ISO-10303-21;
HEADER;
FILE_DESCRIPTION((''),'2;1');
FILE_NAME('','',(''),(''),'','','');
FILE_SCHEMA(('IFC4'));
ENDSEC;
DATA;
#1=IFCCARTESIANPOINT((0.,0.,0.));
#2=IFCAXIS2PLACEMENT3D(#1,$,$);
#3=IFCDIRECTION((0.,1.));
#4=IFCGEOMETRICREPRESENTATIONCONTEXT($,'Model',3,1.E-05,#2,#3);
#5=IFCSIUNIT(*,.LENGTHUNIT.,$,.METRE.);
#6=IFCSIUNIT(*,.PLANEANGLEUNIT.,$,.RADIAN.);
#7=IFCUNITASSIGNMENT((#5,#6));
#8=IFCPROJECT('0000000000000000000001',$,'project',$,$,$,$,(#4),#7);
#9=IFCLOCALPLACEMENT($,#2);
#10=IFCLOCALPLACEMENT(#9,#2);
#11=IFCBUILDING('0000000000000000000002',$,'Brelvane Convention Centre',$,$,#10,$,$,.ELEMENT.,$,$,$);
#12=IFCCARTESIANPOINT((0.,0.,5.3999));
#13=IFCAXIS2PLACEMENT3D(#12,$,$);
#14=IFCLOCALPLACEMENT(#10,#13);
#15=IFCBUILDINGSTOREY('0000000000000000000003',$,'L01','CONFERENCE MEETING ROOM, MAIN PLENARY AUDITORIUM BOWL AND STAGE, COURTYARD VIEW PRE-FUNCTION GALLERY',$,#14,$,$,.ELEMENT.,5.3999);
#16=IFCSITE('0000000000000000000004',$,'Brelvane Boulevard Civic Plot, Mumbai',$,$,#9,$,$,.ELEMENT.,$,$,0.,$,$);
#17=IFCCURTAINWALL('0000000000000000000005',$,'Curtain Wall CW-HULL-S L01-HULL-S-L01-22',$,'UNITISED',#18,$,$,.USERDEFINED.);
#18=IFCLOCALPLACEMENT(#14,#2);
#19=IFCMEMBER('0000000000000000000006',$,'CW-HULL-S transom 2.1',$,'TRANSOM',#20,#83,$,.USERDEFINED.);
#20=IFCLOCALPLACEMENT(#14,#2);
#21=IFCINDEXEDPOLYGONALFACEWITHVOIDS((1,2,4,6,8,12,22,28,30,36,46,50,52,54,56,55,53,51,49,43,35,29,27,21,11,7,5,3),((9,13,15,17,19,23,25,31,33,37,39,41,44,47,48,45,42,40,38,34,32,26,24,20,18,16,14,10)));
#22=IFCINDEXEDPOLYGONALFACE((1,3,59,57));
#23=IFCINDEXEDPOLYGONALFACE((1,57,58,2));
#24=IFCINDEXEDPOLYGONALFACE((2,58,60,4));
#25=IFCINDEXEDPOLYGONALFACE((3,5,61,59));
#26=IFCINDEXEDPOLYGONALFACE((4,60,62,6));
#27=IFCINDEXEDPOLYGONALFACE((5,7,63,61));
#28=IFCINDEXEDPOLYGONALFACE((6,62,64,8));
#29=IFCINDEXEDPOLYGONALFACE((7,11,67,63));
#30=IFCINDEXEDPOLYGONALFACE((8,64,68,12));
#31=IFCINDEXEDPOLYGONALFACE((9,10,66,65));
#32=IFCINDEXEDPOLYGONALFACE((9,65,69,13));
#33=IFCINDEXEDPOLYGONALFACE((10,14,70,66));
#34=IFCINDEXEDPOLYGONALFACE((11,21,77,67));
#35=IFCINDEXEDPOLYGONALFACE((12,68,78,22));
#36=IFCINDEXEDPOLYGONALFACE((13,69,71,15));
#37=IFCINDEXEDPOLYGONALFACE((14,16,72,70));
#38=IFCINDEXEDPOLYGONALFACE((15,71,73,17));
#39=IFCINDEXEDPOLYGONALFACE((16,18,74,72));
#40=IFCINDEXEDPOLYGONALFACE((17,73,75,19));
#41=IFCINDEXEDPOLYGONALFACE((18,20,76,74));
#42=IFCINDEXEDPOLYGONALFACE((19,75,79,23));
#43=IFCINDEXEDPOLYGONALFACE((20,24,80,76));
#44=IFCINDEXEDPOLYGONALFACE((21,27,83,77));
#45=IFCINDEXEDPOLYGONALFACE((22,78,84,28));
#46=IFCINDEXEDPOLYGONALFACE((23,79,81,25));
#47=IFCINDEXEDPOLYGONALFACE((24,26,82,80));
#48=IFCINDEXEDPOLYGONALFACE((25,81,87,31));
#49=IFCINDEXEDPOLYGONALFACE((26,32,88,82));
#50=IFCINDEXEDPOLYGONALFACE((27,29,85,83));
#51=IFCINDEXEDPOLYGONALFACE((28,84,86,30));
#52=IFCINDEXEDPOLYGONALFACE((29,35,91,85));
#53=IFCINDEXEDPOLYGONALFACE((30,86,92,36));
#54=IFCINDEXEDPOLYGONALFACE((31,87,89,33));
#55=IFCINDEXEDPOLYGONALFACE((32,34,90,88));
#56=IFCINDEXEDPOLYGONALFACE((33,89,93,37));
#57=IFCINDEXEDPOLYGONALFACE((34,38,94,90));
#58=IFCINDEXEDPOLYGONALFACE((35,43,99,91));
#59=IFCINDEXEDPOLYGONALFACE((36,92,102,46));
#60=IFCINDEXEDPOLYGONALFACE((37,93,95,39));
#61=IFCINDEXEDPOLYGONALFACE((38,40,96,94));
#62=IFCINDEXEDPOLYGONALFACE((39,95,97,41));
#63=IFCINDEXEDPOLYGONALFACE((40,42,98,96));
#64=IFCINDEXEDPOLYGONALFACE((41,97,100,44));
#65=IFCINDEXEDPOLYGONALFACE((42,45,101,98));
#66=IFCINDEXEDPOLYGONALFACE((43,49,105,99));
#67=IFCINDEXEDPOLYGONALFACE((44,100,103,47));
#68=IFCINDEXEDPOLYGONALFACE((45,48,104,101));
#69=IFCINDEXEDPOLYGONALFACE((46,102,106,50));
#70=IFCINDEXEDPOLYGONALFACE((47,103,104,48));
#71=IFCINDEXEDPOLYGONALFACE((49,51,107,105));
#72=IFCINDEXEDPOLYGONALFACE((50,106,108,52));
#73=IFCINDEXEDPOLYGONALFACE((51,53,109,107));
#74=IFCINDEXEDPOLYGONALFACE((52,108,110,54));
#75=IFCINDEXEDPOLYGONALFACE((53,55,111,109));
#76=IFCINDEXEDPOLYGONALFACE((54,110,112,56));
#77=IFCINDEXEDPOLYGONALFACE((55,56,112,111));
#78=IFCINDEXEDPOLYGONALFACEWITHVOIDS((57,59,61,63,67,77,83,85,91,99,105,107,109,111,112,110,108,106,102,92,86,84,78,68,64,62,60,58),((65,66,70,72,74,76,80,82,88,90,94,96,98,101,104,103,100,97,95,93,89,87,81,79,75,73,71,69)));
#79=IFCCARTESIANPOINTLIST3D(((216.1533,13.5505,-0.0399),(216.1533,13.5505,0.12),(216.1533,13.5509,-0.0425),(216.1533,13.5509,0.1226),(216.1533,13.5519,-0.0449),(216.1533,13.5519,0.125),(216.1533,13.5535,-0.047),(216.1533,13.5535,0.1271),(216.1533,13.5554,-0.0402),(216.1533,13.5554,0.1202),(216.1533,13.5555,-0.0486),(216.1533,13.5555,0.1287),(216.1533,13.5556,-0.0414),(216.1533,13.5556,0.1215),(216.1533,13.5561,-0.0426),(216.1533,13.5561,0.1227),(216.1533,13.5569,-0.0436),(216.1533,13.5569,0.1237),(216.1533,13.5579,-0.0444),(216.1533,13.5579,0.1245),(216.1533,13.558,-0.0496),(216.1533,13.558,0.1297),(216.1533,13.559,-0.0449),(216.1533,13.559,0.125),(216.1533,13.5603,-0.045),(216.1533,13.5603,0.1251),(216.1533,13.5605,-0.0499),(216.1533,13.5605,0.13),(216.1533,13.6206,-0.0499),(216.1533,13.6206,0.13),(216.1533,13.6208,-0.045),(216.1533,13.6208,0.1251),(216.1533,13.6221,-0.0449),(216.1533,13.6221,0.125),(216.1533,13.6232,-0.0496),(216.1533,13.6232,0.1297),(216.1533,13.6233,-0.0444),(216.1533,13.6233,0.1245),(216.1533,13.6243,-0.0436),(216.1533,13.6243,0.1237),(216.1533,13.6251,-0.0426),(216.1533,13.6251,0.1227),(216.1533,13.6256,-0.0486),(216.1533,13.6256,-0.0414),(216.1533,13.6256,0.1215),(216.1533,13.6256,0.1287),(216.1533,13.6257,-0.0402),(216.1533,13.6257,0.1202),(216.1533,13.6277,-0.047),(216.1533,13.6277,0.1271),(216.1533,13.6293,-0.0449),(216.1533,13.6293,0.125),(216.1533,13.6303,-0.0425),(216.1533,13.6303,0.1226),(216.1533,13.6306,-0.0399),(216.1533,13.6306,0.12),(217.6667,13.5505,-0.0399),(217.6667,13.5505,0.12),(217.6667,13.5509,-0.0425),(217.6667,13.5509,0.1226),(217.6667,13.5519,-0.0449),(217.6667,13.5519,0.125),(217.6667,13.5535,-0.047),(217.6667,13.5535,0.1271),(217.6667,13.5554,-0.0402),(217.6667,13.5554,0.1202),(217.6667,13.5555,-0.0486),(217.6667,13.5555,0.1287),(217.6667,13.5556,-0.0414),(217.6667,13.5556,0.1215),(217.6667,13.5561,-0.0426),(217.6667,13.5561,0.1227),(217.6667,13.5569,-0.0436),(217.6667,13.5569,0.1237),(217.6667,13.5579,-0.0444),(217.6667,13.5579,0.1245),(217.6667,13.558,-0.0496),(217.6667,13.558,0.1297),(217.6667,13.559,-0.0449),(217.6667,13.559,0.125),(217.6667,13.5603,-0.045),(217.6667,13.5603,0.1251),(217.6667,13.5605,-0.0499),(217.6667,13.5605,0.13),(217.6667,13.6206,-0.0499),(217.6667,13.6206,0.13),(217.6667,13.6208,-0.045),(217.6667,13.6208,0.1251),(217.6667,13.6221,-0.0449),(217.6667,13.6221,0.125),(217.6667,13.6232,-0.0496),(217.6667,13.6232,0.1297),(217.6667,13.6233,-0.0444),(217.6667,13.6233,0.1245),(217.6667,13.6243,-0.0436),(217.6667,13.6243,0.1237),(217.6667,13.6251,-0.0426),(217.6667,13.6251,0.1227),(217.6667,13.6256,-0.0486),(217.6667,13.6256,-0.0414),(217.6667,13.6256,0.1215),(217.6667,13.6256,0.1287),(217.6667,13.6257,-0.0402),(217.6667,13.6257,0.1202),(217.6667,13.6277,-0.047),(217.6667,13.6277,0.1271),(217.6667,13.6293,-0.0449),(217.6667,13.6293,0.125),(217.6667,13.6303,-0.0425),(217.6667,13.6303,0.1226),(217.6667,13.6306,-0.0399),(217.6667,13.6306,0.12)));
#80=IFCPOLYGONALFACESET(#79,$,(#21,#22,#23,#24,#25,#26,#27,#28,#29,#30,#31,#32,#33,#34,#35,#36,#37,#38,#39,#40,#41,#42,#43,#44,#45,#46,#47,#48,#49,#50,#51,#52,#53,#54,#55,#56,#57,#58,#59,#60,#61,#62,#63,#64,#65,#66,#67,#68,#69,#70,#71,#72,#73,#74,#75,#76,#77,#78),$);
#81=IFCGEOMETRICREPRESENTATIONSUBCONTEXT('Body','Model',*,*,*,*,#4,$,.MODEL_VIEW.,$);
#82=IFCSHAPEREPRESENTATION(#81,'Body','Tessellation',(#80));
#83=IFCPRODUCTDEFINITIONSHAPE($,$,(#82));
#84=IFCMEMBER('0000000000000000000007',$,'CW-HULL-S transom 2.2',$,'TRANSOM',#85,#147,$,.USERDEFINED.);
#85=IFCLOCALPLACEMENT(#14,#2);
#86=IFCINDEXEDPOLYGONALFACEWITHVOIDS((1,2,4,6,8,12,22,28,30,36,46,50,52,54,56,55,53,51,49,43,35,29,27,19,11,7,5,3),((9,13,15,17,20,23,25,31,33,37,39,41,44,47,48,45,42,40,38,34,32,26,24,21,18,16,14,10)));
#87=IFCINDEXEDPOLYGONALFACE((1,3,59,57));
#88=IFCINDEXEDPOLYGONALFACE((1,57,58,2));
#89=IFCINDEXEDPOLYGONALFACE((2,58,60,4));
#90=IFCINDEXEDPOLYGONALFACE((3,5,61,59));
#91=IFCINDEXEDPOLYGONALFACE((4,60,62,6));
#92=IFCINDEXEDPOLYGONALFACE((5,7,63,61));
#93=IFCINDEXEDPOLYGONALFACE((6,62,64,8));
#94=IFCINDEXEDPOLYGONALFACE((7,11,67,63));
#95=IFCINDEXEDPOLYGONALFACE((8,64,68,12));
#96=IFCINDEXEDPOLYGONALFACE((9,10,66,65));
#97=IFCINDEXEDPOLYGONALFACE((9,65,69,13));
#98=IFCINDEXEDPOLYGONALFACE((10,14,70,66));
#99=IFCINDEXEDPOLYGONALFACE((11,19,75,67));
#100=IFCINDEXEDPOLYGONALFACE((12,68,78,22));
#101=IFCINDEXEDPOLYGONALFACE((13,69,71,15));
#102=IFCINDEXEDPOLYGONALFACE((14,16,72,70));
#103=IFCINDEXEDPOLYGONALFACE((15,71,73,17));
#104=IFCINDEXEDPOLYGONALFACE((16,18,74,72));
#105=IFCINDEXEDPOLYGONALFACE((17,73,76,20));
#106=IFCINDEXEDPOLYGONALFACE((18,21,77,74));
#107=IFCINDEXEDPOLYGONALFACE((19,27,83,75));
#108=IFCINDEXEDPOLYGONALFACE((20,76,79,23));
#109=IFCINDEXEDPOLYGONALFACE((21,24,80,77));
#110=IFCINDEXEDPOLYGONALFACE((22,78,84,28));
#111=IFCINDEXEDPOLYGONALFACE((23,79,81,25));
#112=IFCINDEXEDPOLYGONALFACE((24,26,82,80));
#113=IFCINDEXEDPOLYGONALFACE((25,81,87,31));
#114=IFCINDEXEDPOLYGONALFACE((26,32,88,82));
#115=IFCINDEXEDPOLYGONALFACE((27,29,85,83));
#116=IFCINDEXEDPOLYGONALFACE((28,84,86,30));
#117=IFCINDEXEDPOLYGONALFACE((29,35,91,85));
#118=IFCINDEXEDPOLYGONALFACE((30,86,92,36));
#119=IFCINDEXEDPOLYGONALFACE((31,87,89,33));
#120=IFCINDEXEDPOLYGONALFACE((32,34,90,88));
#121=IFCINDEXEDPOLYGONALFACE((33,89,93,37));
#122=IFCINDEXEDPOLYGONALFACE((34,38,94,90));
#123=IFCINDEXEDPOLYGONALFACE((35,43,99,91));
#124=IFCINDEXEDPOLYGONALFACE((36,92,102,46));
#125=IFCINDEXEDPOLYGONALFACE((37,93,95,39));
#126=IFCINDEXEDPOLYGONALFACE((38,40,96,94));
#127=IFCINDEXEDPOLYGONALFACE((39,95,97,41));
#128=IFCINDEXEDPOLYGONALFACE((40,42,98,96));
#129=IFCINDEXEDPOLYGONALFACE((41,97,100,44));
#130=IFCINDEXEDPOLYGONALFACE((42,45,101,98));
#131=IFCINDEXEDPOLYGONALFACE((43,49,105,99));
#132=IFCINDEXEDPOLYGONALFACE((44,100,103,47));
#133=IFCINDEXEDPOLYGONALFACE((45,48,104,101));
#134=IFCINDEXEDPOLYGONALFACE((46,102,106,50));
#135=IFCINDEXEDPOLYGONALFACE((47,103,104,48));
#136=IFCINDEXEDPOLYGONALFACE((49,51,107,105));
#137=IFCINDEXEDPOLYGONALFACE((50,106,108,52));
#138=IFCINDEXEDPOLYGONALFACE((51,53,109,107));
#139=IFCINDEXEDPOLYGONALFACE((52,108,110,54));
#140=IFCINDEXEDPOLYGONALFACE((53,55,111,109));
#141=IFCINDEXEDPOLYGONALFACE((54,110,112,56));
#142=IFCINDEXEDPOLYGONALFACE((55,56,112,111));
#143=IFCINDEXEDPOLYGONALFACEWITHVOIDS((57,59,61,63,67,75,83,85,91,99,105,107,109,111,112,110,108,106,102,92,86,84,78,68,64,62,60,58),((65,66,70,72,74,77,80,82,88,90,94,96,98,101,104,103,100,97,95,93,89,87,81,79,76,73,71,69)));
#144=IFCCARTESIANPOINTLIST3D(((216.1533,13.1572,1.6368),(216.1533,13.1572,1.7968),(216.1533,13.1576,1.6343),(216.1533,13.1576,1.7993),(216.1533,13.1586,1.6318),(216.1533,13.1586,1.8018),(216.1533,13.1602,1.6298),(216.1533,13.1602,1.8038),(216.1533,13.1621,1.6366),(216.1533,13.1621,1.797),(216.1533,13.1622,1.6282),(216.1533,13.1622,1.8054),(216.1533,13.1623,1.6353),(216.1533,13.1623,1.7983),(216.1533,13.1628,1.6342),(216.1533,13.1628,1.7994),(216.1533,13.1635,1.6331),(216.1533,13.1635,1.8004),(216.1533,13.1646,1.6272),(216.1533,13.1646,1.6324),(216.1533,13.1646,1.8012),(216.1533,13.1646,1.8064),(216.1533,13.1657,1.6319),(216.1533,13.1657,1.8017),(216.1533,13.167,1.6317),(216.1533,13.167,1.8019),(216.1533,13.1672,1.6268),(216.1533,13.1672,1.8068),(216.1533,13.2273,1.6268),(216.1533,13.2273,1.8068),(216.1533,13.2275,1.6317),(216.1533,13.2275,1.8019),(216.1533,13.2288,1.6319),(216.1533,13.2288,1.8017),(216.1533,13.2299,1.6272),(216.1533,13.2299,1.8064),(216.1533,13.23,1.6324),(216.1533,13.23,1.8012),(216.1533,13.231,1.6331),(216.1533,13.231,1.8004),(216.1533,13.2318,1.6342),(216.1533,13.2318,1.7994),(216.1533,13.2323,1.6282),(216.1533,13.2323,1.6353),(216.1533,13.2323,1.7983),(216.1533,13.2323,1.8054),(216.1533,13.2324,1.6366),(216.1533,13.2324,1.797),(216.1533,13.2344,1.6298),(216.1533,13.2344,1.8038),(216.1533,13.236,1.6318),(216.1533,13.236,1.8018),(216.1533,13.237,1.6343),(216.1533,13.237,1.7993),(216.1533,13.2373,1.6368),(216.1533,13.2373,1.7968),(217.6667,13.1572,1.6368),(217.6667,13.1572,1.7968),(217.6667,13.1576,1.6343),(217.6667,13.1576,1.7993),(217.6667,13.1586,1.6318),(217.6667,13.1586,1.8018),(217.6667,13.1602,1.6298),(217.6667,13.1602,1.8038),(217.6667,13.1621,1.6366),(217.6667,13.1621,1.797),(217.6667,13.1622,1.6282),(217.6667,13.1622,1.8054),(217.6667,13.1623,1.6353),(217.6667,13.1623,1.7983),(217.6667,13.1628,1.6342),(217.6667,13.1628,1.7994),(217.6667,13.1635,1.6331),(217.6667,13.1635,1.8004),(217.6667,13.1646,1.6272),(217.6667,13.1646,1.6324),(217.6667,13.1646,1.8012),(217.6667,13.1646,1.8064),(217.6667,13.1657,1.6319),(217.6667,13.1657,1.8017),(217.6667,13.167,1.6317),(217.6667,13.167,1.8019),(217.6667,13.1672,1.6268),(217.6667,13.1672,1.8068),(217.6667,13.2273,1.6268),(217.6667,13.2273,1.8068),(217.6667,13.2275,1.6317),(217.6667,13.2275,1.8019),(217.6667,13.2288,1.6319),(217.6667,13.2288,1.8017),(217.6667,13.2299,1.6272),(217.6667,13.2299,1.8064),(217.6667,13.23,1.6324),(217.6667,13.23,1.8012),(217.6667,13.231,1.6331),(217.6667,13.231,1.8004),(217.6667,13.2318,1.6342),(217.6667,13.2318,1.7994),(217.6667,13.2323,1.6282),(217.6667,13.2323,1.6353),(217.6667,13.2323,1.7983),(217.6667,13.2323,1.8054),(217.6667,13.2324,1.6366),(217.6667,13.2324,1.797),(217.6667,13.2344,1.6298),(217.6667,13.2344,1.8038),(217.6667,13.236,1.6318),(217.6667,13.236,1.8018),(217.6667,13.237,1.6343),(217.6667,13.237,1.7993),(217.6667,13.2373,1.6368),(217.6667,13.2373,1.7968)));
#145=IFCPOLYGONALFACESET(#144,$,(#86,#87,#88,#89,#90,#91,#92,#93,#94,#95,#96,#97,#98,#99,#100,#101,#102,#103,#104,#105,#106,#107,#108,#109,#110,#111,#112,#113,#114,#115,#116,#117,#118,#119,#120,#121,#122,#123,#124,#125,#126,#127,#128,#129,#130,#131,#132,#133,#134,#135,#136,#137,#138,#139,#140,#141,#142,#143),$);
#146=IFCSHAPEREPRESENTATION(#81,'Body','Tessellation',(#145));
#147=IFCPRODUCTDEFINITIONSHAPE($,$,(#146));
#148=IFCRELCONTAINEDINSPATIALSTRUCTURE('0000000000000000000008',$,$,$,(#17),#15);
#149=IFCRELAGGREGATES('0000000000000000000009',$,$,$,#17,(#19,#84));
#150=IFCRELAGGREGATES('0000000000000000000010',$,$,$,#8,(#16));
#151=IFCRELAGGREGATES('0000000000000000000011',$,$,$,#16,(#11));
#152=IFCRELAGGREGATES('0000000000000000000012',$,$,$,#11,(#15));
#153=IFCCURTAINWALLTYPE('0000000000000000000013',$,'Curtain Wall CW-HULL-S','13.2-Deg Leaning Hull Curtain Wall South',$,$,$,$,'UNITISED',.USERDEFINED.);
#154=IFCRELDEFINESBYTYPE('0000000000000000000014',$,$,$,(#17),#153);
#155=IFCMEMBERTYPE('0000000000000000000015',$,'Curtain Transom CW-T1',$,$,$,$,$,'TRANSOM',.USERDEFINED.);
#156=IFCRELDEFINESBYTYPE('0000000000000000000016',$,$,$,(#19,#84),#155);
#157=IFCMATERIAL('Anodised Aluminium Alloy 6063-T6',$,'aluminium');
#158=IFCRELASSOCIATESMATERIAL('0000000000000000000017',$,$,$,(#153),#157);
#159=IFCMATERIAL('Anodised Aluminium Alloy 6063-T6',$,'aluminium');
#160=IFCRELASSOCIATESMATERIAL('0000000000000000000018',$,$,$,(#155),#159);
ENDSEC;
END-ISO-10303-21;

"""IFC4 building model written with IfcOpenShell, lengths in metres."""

from ifc_helpers import new_model, si_unit, direction, frame, origin, origin_2d, place, context, subcontext, project, spatial, hollow_rectangle, extrude, material, material_profile, profile_set, type_object, element, aggregate, save


model = new_model("IFC4")

# Units and contexts
model_context = context("Model", 3, precision=1e-05, world=origin(), true_north=direction((0.0, 1.0)))
body_context = subcontext(model_context, "Body", "Model", "MODEL_VIEW")
ifc_project = project(units=[si_unit("LENGTHUNIT", "METRE"), si_unit("PLANEANGLEUNIT", "RADIAN")], contexts=[model_context])

# Site, building, storey
site_placement = place(None, origin())
site = spatial("IfcSite", under=ifc_project, at=site_placement, Name="Brelvane Boulevard Civic Plot, Mumbai", CompositionType="ELEMENT", RefElevation=0.0)
building_placement = place(site_placement, origin())
building = spatial("IfcBuilding", under=site, at=building_placement, Name="Brelvane Convention Centre", CompositionType="ELEMENT")
storey_placement = place(building_placement, frame((0.0, 0.0, 5.3999)))
storey = spatial("IfcBuildingStorey", under=building, at=storey_placement, Name="L01", Description="CONFERENCE MEETING ROOM, MAIN PLENARY AUDITORIUM BOWL AND STAGE, COURTYARD VIEW PRE-FUNCTION GALLERY", CompositionType="ELEMENT", Elevation=5.3999)

# Curtain wall, members
ifc_material_1 = material(Name="Anodised Aluminium Alloy 6063-T6", Category="aluminium")
curtain_wall_type = type_object("IfcCurtainWallType", Name="Curtain Wall CW-HULL-S", Description="13.2-Deg Leaning Hull Curtain Wall South", ElementType="UNITISED", PredefinedType="USERDEFINED", material=ifc_material_1)
curtain_wall_placement = place(storey_placement, origin())
curtain_wall = element("IfcCurtainWall", 1, at=curtain_wall_placement, inside=storey, type_object=curtain_wall_type, Name="Curtain Wall CW-HULL-S L01-HULL-S-L01-22", ObjectType="UNITISED", PredefinedType="USERDEFINED")
ifc_material_2 = material(Name="Anodised Aluminium Alloy 6063-T6", Category="aluminium")
ifc_material_profile_1 = material_profile(ifc_material_2, hollow_rectangle(XDim=0.0801, YDim=0.1799, WallThickness=0.0049, InnerFilletRadius=0.0049, OuterFilletRadius=0.01, at=origin_2d()), Name="ALU-T 180x80x5.0")
ifc_profile_set_1 = profile_set([ifc_material_profile_1], Name="Anodised Aluminium Alloy 6063-T6")
member_type_1 = type_object("IfcMemberType", Name="Curtain Transom CW-T1", ElementType="TRANSOM", PredefinedType="USERDEFINED", material=ifc_profile_set_1)
member_1_placement = place(storey_placement, frame((216.1533, 13.5906, 0.04), z_axis=(1.0, 0.0, 0.0), x_axis=(0.0, 1.0, 0.0)))
member_1 = element("IfcMember", 2, at=member_1_placement, type_object=member_type_1, Name="CW-HULL-S transom 2.1", ObjectType="TRANSOM", PredefinedType="USERDEFINED", context=body_context, shape_type="SweptSolid", body=[
    extrude(hollow_rectangle(XDim=0.0801, YDim=0.1799, WallThickness=0.0049, InnerFilletRadius=0.0049, OuterFilletRadius=0.01, at=origin_2d()), origin(), (0.0, 0.0, 1.0), 1.5134),
])
member_2_placement = place(storey_placement, frame((216.1533, 13.1973, 1.7168), z_axis=(1.0, 0.0, 0.0), x_axis=(0.0, 1.0, 0.0)))
member_2 = element("IfcMember", 3, at=member_2_placement, type_object=member_type_1, Name="CW-HULL-S transom 2.2", ObjectType="TRANSOM", PredefinedType="USERDEFINED", context=body_context, shape_type="SweptSolid", body=[
    extrude(hollow_rectangle(XDim=0.0801, YDim=0.1799, WallThickness=0.0049, InnerFilletRadius=0.0049, OuterFilletRadius=0.01, at=origin_2d()), origin(), (0.0, 0.0, 1.0), 1.5134),
])
aggregate(curtain_wall, [member_1, member_2])

save(model, "model.ifc")
